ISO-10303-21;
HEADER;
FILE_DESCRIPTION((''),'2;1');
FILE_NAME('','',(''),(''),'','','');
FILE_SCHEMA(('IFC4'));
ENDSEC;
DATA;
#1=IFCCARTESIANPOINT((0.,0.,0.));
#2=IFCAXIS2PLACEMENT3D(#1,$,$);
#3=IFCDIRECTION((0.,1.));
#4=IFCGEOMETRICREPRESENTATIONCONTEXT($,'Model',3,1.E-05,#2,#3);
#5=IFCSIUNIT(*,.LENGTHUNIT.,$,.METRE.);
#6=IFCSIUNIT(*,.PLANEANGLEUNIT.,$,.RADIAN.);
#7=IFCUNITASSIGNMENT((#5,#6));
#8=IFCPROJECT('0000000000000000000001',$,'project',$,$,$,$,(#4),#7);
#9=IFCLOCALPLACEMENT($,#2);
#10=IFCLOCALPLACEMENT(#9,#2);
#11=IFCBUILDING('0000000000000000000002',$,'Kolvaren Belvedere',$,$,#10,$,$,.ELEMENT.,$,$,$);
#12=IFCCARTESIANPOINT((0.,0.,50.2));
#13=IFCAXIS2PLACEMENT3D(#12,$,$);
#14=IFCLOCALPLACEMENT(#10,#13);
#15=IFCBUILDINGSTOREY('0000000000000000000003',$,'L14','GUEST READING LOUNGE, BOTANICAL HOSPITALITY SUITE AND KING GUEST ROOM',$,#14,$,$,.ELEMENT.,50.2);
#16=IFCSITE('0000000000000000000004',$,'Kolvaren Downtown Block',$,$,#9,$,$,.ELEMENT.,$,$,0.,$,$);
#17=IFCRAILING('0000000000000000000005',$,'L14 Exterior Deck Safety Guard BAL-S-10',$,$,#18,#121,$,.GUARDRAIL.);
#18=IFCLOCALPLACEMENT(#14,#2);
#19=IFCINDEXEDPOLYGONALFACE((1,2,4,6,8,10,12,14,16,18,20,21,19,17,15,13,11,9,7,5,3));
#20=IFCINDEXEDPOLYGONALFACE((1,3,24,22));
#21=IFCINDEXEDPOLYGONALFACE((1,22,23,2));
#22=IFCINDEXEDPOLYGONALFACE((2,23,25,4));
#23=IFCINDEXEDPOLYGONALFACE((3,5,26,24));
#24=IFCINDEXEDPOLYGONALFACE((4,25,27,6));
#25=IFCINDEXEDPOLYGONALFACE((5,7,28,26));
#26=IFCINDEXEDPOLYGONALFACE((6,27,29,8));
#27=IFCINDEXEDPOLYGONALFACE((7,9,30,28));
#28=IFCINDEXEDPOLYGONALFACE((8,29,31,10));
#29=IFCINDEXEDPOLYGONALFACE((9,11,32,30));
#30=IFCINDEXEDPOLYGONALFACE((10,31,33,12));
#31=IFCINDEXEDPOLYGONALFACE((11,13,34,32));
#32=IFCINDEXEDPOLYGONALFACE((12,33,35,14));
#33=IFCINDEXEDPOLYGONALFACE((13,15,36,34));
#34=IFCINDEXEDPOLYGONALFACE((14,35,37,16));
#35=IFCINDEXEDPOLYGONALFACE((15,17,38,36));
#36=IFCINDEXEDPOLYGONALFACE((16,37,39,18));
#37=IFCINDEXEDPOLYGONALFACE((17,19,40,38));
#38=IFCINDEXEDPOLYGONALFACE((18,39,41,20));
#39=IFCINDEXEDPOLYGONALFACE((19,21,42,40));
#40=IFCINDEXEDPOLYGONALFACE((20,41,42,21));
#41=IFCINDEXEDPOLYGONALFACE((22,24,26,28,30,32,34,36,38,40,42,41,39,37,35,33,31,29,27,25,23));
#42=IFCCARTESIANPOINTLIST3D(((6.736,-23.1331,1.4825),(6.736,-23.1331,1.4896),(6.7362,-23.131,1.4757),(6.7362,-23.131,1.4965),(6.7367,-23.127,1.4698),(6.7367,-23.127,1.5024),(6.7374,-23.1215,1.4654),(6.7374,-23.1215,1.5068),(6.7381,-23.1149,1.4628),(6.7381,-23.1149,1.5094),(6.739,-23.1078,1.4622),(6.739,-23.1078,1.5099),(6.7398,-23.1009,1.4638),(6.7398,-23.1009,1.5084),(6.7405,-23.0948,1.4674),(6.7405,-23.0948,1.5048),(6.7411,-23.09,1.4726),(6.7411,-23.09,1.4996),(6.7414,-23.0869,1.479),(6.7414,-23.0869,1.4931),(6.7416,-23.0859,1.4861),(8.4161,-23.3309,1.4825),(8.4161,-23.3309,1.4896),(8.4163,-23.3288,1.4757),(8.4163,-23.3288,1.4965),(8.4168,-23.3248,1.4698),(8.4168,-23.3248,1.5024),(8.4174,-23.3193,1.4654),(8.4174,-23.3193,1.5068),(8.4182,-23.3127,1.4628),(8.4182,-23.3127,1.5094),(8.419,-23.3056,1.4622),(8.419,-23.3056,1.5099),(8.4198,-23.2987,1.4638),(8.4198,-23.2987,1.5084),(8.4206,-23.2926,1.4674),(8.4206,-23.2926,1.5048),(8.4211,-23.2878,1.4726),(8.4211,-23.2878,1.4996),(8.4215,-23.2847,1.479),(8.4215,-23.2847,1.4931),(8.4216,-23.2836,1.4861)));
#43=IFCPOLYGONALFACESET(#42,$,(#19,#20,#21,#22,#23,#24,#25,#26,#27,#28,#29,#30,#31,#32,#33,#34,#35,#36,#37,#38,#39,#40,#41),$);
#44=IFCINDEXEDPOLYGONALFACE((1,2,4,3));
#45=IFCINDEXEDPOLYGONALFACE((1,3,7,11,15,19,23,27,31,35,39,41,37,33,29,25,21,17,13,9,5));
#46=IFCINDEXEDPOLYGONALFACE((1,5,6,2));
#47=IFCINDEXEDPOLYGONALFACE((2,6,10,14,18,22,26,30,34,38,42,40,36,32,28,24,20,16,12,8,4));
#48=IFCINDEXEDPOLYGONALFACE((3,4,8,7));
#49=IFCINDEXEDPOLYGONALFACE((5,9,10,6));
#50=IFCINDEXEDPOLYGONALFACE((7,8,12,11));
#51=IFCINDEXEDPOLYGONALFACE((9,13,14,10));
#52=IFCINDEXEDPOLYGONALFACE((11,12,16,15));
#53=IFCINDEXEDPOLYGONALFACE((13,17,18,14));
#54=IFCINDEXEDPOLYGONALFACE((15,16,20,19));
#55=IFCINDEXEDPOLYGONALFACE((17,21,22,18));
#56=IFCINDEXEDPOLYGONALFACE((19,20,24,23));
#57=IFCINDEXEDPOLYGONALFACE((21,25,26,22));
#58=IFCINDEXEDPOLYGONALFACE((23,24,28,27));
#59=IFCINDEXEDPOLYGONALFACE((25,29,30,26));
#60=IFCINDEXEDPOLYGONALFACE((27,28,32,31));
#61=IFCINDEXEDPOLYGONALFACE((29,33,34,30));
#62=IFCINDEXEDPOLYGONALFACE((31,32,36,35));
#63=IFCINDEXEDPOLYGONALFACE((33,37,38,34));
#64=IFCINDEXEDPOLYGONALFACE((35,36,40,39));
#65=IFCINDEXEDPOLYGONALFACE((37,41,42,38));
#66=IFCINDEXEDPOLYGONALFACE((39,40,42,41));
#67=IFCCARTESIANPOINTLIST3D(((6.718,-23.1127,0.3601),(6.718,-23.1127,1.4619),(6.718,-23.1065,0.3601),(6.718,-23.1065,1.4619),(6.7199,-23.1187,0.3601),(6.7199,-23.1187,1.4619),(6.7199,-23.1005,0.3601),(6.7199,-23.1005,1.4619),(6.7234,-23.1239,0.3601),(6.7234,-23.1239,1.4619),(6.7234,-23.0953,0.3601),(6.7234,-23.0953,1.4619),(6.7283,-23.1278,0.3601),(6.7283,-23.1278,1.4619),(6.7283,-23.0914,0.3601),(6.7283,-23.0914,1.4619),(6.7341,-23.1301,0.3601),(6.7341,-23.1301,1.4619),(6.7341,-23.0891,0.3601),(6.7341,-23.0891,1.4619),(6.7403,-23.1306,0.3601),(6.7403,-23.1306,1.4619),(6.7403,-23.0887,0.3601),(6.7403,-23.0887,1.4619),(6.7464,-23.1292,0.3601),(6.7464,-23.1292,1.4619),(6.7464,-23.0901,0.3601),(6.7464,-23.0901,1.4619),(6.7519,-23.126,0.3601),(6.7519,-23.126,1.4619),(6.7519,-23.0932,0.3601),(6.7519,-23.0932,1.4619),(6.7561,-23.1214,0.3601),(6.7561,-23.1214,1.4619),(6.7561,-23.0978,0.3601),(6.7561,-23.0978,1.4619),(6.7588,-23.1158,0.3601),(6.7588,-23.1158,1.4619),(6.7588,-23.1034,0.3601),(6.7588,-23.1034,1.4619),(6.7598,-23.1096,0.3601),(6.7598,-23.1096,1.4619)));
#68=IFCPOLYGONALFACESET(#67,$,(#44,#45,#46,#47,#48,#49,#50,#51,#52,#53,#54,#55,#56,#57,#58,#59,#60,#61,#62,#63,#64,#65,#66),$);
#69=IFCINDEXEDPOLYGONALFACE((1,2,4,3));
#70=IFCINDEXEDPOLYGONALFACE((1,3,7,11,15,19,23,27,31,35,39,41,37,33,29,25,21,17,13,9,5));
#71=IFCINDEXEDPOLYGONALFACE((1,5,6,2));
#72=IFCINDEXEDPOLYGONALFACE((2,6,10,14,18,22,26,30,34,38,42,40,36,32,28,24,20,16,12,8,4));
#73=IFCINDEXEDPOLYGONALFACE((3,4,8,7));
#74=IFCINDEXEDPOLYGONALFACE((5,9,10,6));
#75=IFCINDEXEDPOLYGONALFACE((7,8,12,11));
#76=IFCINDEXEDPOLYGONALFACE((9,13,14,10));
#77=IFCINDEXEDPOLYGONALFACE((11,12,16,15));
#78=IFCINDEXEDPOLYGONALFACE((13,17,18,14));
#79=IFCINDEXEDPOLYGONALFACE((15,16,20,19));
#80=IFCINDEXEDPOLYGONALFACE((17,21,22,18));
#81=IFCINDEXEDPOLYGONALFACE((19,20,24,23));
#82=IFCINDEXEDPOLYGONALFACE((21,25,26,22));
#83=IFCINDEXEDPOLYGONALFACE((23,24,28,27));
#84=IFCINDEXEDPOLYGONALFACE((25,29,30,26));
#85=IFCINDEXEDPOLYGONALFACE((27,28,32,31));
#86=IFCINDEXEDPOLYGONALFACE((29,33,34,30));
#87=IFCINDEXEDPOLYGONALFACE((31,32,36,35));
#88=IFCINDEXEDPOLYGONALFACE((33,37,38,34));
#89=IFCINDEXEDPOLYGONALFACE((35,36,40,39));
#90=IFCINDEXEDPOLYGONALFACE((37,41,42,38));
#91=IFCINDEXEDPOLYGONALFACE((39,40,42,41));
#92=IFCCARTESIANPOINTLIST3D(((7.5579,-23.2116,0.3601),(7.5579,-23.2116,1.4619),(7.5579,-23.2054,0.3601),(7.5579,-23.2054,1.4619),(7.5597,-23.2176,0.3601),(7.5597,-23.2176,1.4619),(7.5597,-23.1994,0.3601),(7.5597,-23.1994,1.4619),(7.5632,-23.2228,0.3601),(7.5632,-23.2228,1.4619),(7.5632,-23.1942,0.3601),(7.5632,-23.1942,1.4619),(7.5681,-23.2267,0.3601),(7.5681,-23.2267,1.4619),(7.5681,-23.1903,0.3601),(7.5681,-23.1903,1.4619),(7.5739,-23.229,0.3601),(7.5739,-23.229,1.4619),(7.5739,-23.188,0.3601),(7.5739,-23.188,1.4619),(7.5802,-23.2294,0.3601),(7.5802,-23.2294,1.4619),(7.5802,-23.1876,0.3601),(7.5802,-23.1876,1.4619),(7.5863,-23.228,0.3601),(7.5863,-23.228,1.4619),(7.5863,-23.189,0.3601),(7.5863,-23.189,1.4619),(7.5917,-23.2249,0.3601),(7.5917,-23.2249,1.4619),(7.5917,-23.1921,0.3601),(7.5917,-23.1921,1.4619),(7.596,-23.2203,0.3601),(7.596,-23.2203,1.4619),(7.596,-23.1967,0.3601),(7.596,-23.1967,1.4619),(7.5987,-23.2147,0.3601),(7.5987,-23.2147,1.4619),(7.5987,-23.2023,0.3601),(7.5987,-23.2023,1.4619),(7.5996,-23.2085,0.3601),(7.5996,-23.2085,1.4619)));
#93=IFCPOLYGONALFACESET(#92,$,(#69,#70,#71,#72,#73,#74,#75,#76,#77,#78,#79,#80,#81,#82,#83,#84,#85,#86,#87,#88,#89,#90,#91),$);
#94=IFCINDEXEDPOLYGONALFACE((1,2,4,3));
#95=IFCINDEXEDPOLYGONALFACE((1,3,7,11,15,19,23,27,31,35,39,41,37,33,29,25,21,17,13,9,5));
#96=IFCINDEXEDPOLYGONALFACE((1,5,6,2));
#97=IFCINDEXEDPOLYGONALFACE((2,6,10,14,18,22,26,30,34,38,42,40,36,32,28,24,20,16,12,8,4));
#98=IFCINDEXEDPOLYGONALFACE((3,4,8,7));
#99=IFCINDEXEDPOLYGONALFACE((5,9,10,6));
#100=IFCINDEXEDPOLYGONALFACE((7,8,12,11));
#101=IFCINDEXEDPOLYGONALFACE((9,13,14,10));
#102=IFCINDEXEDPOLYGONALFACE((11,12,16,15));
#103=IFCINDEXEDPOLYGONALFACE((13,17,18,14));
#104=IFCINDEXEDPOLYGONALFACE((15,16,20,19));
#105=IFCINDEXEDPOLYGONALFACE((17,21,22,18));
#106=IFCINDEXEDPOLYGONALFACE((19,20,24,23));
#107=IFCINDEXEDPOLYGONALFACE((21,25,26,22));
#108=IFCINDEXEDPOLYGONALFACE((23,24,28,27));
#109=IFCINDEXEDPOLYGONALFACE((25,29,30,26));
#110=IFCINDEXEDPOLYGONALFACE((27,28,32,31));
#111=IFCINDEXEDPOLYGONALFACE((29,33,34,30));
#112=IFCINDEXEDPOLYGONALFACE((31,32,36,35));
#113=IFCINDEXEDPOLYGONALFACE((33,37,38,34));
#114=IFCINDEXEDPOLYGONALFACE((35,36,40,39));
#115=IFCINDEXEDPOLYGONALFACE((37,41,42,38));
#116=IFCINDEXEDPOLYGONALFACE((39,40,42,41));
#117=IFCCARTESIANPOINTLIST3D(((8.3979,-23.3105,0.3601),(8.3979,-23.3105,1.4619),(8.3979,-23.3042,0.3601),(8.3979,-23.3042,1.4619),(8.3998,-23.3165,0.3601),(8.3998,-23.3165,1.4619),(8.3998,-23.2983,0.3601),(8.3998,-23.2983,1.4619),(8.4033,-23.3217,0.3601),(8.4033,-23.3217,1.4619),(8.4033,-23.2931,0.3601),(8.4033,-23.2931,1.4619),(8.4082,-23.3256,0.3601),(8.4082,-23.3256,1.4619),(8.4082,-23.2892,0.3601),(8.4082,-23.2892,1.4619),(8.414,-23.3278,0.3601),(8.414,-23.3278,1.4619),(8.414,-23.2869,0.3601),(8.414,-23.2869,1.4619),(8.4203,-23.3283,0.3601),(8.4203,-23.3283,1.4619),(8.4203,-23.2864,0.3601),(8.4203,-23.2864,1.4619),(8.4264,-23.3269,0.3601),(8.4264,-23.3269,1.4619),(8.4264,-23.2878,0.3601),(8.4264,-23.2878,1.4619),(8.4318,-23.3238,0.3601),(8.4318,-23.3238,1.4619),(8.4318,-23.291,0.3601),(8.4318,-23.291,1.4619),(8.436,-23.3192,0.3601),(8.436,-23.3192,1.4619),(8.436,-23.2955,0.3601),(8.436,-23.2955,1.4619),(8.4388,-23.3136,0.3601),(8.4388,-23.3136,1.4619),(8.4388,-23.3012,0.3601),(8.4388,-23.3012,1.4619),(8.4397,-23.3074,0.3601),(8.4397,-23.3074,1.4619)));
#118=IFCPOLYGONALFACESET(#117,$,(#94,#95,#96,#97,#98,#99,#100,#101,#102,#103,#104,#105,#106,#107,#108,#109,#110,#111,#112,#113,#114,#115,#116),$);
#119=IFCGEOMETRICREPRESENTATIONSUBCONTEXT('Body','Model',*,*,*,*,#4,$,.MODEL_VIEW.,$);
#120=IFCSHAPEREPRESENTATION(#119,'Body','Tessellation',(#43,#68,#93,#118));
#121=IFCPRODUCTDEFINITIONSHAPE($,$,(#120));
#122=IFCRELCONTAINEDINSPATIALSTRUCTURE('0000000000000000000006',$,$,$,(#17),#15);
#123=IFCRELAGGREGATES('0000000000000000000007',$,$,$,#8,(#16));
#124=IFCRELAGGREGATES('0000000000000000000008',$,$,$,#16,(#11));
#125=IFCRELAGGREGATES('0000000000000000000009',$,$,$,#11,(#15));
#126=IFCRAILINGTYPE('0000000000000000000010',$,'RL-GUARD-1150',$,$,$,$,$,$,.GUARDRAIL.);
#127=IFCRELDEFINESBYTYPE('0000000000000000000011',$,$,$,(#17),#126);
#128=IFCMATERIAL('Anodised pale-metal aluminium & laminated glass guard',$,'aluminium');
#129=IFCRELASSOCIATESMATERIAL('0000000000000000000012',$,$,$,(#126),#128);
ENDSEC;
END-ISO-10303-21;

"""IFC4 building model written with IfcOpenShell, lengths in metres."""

from ifc_helpers import new_model, si_unit, direction, frame, origin, origin_2d, place, context, subcontext, project, spatial, circle, extrude, material, type_object, element, save


model = new_model("IFC4")

# Units and contexts
model_context = context("Model", 3, precision=1e-05, world=origin(), true_north=direction((0.0, 1.0)))
body_context = subcontext(model_context, "Body", "Model", "MODEL_VIEW")
ifc_project = project(units=[si_unit("LENGTHUNIT", "METRE"), si_unit("PLANEANGLEUNIT", "RADIAN")], contexts=[model_context])

# Site, building, storey
site_placement = place(None, origin())
site = spatial("IfcSite", under=ifc_project, at=site_placement, Name="Kolvaren Downtown Block", CompositionType="ELEMENT", RefElevation=0.0)
building_placement = place(site_placement, origin())
building = spatial("IfcBuilding", under=site, at=building_placement, Name="Kolvaren Belvedere", CompositionType="ELEMENT")
storey_placement = place(building_placement, frame((0.0, 0.0, 50.2)))
storey = spatial("IfcBuildingStorey", under=building, at=storey_placement, Name="L14", Description="GUEST READING LOUNGE, BOTANICAL HOSPITALITY SUITE AND KING GUEST ROOM", CompositionType="ELEMENT", Elevation=50.2)

# Railing
ifc_material_1 = material(Name="Anodised pale-metal aluminium & laminated glass guard", Category="aluminium")
railing_type = type_object("IfcRailingType", Name="RL-GUARD-1150", PredefinedType="GUARDRAIL", material=ifc_material_1)
railing_1_placement = place(storey_placement, frame((6.7388, -23.1096, 0.3601)))
element("IfcRailing", 1, at=railing_1_placement, inside=storey, type_object=railing_type, Name="L14 Exterior Deck Safety Guard BAL-S-10", PredefinedType="GUARDRAIL", context=body_context, shape_type="SweptSolid", body=[
    extrude(circle(Radius=0.0239, at=origin_2d()), frame((0.0, 0.0, 1.126), z_axis=(0.993143, -0.116908, 0.0), x_axis=(0.116908, 0.993143, 0.0)), (0.0, 0.0, 1.0), 1.6917),
    extrude(circle(Radius=0.021, at=origin_2d()), origin(), (0.0, 0.0, 1.0), 1.1018),
    extrude(circle(Radius=0.021, at=origin_2d()), frame((0.8398, -0.0989, 0.0)), (0.0, 0.0, 1.0), 1.1018),
    extrude(circle(Radius=0.021, at=origin_2d()), frame((1.6799, -0.1978, 0.0)), (0.0, 0.0, 1.0), 1.1018),
])

save(model, "model.ifc")
